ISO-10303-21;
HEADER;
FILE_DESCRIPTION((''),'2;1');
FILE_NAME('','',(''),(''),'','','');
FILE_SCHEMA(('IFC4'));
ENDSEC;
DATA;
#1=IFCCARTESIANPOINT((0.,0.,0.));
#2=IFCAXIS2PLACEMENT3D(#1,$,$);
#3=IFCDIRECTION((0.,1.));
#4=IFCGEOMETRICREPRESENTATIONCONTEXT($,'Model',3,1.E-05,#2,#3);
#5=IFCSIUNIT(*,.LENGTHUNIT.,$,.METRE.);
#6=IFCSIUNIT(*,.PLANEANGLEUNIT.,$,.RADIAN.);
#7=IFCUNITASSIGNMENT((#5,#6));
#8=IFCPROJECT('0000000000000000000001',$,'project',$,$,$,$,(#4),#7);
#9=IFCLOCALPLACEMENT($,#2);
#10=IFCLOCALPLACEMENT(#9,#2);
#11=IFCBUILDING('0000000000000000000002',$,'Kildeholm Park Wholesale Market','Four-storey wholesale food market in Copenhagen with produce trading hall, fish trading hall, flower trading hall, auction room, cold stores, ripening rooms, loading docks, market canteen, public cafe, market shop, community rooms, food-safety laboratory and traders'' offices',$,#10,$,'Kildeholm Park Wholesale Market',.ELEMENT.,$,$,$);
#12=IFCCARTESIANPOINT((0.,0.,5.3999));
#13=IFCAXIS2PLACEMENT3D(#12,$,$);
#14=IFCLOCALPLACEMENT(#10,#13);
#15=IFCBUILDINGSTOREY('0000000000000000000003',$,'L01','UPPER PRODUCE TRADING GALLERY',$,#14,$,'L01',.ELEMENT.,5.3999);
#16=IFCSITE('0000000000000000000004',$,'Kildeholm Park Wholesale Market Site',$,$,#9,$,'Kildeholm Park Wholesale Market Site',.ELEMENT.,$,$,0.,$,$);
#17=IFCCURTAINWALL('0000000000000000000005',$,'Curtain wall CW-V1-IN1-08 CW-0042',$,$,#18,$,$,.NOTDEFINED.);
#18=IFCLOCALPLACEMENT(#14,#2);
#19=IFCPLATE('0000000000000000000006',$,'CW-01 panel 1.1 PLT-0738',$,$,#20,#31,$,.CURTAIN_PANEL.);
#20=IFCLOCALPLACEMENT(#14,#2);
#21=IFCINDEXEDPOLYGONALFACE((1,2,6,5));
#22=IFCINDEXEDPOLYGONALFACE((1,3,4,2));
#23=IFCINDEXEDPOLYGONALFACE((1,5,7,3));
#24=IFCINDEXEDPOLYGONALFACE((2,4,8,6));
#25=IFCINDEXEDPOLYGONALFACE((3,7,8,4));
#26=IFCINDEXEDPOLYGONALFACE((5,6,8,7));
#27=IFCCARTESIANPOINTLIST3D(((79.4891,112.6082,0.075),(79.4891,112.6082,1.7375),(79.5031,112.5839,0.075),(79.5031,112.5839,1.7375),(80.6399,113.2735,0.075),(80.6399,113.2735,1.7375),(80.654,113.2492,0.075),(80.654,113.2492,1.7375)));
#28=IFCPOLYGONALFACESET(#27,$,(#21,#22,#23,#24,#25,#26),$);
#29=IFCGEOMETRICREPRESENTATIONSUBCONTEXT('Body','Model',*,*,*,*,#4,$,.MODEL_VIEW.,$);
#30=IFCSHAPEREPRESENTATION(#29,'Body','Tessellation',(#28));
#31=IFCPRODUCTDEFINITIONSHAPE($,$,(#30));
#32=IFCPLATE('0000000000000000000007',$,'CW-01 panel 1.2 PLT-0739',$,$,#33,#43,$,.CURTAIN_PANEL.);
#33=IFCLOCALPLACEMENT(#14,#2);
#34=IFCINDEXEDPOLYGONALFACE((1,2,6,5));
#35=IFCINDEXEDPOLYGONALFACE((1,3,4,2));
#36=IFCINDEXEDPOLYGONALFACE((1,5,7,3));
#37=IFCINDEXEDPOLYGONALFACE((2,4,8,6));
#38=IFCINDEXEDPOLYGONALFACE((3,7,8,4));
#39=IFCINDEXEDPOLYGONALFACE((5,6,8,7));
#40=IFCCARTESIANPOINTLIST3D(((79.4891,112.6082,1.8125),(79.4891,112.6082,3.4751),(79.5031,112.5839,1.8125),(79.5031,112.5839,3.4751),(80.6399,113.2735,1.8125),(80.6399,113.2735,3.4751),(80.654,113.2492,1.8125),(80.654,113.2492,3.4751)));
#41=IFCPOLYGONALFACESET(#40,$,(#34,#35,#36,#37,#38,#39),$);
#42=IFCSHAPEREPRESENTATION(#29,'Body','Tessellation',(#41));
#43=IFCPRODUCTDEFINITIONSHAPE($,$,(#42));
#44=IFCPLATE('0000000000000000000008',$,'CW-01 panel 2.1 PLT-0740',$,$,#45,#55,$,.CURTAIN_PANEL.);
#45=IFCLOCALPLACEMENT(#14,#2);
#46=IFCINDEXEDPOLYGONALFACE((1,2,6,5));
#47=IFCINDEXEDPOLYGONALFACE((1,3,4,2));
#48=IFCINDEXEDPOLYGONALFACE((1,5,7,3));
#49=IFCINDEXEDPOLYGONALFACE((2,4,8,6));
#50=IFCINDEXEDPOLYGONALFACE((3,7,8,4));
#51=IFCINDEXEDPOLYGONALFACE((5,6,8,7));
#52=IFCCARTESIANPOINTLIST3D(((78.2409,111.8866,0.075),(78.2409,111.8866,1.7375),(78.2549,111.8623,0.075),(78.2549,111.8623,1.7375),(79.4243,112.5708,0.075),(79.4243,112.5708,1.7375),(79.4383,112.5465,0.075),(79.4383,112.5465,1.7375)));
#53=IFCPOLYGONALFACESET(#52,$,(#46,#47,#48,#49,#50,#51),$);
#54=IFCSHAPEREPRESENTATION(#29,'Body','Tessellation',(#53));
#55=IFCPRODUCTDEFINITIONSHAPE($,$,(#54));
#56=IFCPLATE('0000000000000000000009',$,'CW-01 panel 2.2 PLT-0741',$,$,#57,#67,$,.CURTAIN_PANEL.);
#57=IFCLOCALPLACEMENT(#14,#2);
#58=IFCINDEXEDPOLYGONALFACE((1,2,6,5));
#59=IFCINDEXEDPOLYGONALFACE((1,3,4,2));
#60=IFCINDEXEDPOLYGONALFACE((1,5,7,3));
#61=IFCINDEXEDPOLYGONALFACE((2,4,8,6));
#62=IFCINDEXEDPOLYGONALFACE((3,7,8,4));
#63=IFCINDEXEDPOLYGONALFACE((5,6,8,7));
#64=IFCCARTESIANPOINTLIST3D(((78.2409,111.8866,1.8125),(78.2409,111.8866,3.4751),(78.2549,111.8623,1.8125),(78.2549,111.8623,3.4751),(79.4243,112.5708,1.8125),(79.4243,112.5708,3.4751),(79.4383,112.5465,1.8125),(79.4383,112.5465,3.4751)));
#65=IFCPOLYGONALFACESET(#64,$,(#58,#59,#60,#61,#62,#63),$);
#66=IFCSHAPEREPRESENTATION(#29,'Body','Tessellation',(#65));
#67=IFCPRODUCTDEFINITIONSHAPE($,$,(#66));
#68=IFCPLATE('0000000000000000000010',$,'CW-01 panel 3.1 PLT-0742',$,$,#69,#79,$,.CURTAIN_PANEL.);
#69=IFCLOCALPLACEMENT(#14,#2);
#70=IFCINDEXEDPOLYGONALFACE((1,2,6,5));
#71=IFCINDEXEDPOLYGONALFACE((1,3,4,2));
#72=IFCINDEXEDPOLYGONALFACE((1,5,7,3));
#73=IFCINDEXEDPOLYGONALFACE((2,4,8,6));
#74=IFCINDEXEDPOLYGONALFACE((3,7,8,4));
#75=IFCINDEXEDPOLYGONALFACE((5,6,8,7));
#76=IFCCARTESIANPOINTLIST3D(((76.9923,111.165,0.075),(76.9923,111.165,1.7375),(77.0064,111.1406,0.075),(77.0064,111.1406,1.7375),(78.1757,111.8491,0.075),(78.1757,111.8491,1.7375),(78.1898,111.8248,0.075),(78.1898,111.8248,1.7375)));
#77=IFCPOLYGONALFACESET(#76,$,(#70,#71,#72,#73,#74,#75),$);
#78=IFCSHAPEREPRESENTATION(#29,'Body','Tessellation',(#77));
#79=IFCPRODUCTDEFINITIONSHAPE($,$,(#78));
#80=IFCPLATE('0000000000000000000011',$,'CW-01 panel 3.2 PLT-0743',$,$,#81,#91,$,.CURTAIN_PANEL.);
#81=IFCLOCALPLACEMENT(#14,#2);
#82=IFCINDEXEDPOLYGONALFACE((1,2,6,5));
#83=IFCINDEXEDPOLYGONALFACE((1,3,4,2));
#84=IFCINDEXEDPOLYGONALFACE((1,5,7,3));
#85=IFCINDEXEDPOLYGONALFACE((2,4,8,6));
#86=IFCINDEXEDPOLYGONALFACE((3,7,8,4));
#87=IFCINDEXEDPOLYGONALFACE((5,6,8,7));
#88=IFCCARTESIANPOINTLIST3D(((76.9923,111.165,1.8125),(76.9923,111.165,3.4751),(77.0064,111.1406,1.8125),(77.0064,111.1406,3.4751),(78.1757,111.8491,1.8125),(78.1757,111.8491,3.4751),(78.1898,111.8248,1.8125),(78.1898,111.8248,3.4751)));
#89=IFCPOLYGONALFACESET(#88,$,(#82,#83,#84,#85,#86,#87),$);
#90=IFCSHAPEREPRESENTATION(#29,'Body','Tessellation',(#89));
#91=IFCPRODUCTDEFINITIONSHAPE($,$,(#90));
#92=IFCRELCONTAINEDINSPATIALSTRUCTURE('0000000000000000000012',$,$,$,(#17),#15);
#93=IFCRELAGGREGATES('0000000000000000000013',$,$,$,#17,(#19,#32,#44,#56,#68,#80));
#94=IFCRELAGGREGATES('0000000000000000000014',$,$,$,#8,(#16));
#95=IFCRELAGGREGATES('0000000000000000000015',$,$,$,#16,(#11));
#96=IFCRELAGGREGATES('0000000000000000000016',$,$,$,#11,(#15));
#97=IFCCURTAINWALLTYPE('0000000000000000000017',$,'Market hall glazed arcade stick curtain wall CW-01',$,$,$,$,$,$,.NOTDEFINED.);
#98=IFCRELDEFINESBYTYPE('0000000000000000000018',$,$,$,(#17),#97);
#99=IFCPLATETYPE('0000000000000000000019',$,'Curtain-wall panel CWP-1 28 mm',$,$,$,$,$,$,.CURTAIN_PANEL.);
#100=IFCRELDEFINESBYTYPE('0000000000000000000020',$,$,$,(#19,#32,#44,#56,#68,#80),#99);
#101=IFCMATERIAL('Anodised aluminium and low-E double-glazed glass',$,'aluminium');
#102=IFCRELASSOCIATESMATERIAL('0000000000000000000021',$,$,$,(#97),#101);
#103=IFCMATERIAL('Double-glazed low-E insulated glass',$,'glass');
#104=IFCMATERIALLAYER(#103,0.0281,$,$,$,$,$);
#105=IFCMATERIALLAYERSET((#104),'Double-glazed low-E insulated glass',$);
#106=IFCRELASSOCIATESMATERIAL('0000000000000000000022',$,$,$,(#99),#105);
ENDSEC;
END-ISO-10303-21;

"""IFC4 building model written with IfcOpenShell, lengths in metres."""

from ifc_helpers import new_model, si_unit, direction, frame, origin, origin_2d, place, context, subcontext, project, spatial, rectangle, extrude, material, layer, layer_set, type_object, element, aggregate, save


model = new_model("IFC4")

# Units and contexts
model_context = context("Model", 3, precision=1e-05, world=origin(), true_north=direction((0.0, 1.0)))
body_context = subcontext(model_context, "Body", "Model", "MODEL_VIEW")
ifc_project = project(units=[si_unit("LENGTHUNIT", "METRE"), si_unit("PLANEANGLEUNIT", "RADIAN")], contexts=[model_context])

# Site, building, storey
site_placement = place(None, origin())
site = spatial("IfcSite", under=ifc_project, at=site_placement, Name="Kildeholm Park Wholesale Market Site", LongName="Kildeholm Park Wholesale Market Site", CompositionType="ELEMENT", RefElevation=0.0)
building_placement = place(site_placement, origin())
building = spatial("IfcBuilding", under=site, at=building_placement, Name="Kildeholm Park Wholesale Market", Description="Four-storey wholesale food market in Copenhagen with produce trading hall, fish trading hall, flower trading hall, auction room, cold stores, ripening rooms, loading docks, market canteen, public cafe, market shop, community rooms, food-safety laboratory and traders' offices", LongName="Kildeholm Park Wholesale Market", CompositionType="ELEMENT")
storey_placement = place(building_placement, frame((0.0, 0.0, 5.3999)))
storey = spatial("IfcBuildingStorey", under=building, at=storey_placement, Name="L01", Description="UPPER PRODUCE TRADING GALLERY", LongName="L01", CompositionType="ELEMENT", Elevation=5.3999)

# Curtain wall
ifc_material_1 = material(Name="Anodised aluminium and low-E double-glazed glass", Category="aluminium")
curtain_wall_type = type_object("IfcCurtainWallType", Name="Market hall glazed arcade stick curtain wall CW-01", PredefinedType="NOTDEFINED", material=ifc_material_1)
curtain_wall_1_placement = place(storey_placement, origin())
curtain_wall_1 = element("IfcCurtainWall", 1, at=curtain_wall_1_placement, inside=storey, type_object=curtain_wall_type, Name="Curtain wall CW-V1-IN1-08 CW-0042", PredefinedType="NOTDEFINED")

# Plates
ifc_material_2 = material(Name="Double-glazed low-E insulated glass", Category="glass")
ifc_layer = layer(ifc_material_2, 0.0281)
ifc_layer_set = layer_set([ifc_layer], Name="Double-glazed low-E insulated glass")
plate_type = type_object("IfcPlateType", Name="Curtain-wall panel CWP-1 28 mm", PredefinedType="CURTAIN_PANEL", material=ifc_layer_set)
plate_1_placement = place(storey_placement, frame((80.0715, 112.9287, 0.075), z_axis=(0.0, 0.0, 1.0), x_axis=(-0.865743, -0.500489, 0.0)))
plate_1 = element("IfcPlate", 2, at=plate_1_placement, type_object=plate_type, Name="CW-01 panel 1.1 PLT-0738", PredefinedType="CURTAIN_PANEL", context=body_context, shape_type="SweptSolid", body=[
    extrude(rectangle(XDim=1.3293, YDim=0.0281, at=origin_2d()), origin(), (0.0, 0.0, 1.0), 1.6626),
])
plate_2_placement = place(storey_placement, frame((80.0715, 112.9287, 1.8125), z_axis=(0.0, 0.0, 1.0), x_axis=(-0.865743, -0.500489, 0.0)))
plate_2 = element("IfcPlate", 3, at=plate_2_placement, type_object=plate_type, Name="CW-01 panel 1.2 PLT-0739", PredefinedType="CURTAIN_PANEL", context=body_context, shape_type="SweptSolid", body=[
    extrude(rectangle(XDim=1.3293, YDim=0.0281, at=origin_2d()), origin(), (0.0, 0.0, 1.0), 1.6626),
])
plate_3_placement = place(storey_placement, frame((78.8396, 112.2166, 0.075), z_axis=(0.0, 0.0, 1.0), x_axis=(-0.865743, -0.500489, 0.0)))
plate_3 = element("IfcPlate", 4, at=plate_3_placement, type_object=plate_type, Name="CW-01 panel 2.1 PLT-0740", PredefinedType="CURTAIN_PANEL", context=body_context, shape_type="SweptSolid", body=[
    extrude(rectangle(XDim=1.3669, YDim=0.0281, at=origin_2d()), origin(), (0.0, 0.0, 1.0), 1.6626),
])
plate_4_placement = place(storey_placement, frame((78.8396, 112.2166, 1.8125), z_axis=(0.0, 0.0, 1.0), x_axis=(-0.865743, -0.500489, 0.0)))
plate_4 = element("IfcPlate", 5, at=plate_4_placement, type_object=plate_type, Name="CW-01 panel 2.2 PLT-0741", PredefinedType="CURTAIN_PANEL", context=body_context, shape_type="SweptSolid", body=[
    extrude(rectangle(XDim=1.3669, YDim=0.0281, at=origin_2d()), origin(), (0.0, 0.0, 1.0), 1.6626),
])
plate_5_placement = place(storey_placement, frame((77.5911, 111.4949, 0.075), z_axis=(0.0, 0.0, 1.0), x_axis=(-0.865743, -0.500489, 0.0)))
plate_5 = element("IfcPlate", 6, at=plate_5_placement, type_object=plate_type, Name="CW-01 panel 3.1 PLT-0742", PredefinedType="CURTAIN_PANEL", context=body_context, shape_type="SweptSolid", body=[
    extrude(rectangle(XDim=1.3669, YDim=0.0281, at=origin_2d()), origin(), (0.0, 0.0, 1.0), 1.6626),
])
plate_6_placement = place(storey_placement, frame((77.5911, 111.4949, 1.8125), z_axis=(0.0, 0.0, 1.0), x_axis=(-0.865743, -0.500489, 0.0)))
plate_6 = element("IfcPlate", 7, at=plate_6_placement, type_object=plate_type, Name="CW-01 panel 3.2 PLT-0743", PredefinedType="CURTAIN_PANEL", context=body_context, shape_type="SweptSolid", body=[
    extrude(rectangle(XDim=1.3669, YDim=0.0281, at=origin_2d()), origin(), (0.0, 0.0, 1.0), 1.6626),
])
aggregate(curtain_wall_1, [plate_1, plate_2, plate_3, plate_4, plate_5, plate_6])

save(model, "model.ifc")
